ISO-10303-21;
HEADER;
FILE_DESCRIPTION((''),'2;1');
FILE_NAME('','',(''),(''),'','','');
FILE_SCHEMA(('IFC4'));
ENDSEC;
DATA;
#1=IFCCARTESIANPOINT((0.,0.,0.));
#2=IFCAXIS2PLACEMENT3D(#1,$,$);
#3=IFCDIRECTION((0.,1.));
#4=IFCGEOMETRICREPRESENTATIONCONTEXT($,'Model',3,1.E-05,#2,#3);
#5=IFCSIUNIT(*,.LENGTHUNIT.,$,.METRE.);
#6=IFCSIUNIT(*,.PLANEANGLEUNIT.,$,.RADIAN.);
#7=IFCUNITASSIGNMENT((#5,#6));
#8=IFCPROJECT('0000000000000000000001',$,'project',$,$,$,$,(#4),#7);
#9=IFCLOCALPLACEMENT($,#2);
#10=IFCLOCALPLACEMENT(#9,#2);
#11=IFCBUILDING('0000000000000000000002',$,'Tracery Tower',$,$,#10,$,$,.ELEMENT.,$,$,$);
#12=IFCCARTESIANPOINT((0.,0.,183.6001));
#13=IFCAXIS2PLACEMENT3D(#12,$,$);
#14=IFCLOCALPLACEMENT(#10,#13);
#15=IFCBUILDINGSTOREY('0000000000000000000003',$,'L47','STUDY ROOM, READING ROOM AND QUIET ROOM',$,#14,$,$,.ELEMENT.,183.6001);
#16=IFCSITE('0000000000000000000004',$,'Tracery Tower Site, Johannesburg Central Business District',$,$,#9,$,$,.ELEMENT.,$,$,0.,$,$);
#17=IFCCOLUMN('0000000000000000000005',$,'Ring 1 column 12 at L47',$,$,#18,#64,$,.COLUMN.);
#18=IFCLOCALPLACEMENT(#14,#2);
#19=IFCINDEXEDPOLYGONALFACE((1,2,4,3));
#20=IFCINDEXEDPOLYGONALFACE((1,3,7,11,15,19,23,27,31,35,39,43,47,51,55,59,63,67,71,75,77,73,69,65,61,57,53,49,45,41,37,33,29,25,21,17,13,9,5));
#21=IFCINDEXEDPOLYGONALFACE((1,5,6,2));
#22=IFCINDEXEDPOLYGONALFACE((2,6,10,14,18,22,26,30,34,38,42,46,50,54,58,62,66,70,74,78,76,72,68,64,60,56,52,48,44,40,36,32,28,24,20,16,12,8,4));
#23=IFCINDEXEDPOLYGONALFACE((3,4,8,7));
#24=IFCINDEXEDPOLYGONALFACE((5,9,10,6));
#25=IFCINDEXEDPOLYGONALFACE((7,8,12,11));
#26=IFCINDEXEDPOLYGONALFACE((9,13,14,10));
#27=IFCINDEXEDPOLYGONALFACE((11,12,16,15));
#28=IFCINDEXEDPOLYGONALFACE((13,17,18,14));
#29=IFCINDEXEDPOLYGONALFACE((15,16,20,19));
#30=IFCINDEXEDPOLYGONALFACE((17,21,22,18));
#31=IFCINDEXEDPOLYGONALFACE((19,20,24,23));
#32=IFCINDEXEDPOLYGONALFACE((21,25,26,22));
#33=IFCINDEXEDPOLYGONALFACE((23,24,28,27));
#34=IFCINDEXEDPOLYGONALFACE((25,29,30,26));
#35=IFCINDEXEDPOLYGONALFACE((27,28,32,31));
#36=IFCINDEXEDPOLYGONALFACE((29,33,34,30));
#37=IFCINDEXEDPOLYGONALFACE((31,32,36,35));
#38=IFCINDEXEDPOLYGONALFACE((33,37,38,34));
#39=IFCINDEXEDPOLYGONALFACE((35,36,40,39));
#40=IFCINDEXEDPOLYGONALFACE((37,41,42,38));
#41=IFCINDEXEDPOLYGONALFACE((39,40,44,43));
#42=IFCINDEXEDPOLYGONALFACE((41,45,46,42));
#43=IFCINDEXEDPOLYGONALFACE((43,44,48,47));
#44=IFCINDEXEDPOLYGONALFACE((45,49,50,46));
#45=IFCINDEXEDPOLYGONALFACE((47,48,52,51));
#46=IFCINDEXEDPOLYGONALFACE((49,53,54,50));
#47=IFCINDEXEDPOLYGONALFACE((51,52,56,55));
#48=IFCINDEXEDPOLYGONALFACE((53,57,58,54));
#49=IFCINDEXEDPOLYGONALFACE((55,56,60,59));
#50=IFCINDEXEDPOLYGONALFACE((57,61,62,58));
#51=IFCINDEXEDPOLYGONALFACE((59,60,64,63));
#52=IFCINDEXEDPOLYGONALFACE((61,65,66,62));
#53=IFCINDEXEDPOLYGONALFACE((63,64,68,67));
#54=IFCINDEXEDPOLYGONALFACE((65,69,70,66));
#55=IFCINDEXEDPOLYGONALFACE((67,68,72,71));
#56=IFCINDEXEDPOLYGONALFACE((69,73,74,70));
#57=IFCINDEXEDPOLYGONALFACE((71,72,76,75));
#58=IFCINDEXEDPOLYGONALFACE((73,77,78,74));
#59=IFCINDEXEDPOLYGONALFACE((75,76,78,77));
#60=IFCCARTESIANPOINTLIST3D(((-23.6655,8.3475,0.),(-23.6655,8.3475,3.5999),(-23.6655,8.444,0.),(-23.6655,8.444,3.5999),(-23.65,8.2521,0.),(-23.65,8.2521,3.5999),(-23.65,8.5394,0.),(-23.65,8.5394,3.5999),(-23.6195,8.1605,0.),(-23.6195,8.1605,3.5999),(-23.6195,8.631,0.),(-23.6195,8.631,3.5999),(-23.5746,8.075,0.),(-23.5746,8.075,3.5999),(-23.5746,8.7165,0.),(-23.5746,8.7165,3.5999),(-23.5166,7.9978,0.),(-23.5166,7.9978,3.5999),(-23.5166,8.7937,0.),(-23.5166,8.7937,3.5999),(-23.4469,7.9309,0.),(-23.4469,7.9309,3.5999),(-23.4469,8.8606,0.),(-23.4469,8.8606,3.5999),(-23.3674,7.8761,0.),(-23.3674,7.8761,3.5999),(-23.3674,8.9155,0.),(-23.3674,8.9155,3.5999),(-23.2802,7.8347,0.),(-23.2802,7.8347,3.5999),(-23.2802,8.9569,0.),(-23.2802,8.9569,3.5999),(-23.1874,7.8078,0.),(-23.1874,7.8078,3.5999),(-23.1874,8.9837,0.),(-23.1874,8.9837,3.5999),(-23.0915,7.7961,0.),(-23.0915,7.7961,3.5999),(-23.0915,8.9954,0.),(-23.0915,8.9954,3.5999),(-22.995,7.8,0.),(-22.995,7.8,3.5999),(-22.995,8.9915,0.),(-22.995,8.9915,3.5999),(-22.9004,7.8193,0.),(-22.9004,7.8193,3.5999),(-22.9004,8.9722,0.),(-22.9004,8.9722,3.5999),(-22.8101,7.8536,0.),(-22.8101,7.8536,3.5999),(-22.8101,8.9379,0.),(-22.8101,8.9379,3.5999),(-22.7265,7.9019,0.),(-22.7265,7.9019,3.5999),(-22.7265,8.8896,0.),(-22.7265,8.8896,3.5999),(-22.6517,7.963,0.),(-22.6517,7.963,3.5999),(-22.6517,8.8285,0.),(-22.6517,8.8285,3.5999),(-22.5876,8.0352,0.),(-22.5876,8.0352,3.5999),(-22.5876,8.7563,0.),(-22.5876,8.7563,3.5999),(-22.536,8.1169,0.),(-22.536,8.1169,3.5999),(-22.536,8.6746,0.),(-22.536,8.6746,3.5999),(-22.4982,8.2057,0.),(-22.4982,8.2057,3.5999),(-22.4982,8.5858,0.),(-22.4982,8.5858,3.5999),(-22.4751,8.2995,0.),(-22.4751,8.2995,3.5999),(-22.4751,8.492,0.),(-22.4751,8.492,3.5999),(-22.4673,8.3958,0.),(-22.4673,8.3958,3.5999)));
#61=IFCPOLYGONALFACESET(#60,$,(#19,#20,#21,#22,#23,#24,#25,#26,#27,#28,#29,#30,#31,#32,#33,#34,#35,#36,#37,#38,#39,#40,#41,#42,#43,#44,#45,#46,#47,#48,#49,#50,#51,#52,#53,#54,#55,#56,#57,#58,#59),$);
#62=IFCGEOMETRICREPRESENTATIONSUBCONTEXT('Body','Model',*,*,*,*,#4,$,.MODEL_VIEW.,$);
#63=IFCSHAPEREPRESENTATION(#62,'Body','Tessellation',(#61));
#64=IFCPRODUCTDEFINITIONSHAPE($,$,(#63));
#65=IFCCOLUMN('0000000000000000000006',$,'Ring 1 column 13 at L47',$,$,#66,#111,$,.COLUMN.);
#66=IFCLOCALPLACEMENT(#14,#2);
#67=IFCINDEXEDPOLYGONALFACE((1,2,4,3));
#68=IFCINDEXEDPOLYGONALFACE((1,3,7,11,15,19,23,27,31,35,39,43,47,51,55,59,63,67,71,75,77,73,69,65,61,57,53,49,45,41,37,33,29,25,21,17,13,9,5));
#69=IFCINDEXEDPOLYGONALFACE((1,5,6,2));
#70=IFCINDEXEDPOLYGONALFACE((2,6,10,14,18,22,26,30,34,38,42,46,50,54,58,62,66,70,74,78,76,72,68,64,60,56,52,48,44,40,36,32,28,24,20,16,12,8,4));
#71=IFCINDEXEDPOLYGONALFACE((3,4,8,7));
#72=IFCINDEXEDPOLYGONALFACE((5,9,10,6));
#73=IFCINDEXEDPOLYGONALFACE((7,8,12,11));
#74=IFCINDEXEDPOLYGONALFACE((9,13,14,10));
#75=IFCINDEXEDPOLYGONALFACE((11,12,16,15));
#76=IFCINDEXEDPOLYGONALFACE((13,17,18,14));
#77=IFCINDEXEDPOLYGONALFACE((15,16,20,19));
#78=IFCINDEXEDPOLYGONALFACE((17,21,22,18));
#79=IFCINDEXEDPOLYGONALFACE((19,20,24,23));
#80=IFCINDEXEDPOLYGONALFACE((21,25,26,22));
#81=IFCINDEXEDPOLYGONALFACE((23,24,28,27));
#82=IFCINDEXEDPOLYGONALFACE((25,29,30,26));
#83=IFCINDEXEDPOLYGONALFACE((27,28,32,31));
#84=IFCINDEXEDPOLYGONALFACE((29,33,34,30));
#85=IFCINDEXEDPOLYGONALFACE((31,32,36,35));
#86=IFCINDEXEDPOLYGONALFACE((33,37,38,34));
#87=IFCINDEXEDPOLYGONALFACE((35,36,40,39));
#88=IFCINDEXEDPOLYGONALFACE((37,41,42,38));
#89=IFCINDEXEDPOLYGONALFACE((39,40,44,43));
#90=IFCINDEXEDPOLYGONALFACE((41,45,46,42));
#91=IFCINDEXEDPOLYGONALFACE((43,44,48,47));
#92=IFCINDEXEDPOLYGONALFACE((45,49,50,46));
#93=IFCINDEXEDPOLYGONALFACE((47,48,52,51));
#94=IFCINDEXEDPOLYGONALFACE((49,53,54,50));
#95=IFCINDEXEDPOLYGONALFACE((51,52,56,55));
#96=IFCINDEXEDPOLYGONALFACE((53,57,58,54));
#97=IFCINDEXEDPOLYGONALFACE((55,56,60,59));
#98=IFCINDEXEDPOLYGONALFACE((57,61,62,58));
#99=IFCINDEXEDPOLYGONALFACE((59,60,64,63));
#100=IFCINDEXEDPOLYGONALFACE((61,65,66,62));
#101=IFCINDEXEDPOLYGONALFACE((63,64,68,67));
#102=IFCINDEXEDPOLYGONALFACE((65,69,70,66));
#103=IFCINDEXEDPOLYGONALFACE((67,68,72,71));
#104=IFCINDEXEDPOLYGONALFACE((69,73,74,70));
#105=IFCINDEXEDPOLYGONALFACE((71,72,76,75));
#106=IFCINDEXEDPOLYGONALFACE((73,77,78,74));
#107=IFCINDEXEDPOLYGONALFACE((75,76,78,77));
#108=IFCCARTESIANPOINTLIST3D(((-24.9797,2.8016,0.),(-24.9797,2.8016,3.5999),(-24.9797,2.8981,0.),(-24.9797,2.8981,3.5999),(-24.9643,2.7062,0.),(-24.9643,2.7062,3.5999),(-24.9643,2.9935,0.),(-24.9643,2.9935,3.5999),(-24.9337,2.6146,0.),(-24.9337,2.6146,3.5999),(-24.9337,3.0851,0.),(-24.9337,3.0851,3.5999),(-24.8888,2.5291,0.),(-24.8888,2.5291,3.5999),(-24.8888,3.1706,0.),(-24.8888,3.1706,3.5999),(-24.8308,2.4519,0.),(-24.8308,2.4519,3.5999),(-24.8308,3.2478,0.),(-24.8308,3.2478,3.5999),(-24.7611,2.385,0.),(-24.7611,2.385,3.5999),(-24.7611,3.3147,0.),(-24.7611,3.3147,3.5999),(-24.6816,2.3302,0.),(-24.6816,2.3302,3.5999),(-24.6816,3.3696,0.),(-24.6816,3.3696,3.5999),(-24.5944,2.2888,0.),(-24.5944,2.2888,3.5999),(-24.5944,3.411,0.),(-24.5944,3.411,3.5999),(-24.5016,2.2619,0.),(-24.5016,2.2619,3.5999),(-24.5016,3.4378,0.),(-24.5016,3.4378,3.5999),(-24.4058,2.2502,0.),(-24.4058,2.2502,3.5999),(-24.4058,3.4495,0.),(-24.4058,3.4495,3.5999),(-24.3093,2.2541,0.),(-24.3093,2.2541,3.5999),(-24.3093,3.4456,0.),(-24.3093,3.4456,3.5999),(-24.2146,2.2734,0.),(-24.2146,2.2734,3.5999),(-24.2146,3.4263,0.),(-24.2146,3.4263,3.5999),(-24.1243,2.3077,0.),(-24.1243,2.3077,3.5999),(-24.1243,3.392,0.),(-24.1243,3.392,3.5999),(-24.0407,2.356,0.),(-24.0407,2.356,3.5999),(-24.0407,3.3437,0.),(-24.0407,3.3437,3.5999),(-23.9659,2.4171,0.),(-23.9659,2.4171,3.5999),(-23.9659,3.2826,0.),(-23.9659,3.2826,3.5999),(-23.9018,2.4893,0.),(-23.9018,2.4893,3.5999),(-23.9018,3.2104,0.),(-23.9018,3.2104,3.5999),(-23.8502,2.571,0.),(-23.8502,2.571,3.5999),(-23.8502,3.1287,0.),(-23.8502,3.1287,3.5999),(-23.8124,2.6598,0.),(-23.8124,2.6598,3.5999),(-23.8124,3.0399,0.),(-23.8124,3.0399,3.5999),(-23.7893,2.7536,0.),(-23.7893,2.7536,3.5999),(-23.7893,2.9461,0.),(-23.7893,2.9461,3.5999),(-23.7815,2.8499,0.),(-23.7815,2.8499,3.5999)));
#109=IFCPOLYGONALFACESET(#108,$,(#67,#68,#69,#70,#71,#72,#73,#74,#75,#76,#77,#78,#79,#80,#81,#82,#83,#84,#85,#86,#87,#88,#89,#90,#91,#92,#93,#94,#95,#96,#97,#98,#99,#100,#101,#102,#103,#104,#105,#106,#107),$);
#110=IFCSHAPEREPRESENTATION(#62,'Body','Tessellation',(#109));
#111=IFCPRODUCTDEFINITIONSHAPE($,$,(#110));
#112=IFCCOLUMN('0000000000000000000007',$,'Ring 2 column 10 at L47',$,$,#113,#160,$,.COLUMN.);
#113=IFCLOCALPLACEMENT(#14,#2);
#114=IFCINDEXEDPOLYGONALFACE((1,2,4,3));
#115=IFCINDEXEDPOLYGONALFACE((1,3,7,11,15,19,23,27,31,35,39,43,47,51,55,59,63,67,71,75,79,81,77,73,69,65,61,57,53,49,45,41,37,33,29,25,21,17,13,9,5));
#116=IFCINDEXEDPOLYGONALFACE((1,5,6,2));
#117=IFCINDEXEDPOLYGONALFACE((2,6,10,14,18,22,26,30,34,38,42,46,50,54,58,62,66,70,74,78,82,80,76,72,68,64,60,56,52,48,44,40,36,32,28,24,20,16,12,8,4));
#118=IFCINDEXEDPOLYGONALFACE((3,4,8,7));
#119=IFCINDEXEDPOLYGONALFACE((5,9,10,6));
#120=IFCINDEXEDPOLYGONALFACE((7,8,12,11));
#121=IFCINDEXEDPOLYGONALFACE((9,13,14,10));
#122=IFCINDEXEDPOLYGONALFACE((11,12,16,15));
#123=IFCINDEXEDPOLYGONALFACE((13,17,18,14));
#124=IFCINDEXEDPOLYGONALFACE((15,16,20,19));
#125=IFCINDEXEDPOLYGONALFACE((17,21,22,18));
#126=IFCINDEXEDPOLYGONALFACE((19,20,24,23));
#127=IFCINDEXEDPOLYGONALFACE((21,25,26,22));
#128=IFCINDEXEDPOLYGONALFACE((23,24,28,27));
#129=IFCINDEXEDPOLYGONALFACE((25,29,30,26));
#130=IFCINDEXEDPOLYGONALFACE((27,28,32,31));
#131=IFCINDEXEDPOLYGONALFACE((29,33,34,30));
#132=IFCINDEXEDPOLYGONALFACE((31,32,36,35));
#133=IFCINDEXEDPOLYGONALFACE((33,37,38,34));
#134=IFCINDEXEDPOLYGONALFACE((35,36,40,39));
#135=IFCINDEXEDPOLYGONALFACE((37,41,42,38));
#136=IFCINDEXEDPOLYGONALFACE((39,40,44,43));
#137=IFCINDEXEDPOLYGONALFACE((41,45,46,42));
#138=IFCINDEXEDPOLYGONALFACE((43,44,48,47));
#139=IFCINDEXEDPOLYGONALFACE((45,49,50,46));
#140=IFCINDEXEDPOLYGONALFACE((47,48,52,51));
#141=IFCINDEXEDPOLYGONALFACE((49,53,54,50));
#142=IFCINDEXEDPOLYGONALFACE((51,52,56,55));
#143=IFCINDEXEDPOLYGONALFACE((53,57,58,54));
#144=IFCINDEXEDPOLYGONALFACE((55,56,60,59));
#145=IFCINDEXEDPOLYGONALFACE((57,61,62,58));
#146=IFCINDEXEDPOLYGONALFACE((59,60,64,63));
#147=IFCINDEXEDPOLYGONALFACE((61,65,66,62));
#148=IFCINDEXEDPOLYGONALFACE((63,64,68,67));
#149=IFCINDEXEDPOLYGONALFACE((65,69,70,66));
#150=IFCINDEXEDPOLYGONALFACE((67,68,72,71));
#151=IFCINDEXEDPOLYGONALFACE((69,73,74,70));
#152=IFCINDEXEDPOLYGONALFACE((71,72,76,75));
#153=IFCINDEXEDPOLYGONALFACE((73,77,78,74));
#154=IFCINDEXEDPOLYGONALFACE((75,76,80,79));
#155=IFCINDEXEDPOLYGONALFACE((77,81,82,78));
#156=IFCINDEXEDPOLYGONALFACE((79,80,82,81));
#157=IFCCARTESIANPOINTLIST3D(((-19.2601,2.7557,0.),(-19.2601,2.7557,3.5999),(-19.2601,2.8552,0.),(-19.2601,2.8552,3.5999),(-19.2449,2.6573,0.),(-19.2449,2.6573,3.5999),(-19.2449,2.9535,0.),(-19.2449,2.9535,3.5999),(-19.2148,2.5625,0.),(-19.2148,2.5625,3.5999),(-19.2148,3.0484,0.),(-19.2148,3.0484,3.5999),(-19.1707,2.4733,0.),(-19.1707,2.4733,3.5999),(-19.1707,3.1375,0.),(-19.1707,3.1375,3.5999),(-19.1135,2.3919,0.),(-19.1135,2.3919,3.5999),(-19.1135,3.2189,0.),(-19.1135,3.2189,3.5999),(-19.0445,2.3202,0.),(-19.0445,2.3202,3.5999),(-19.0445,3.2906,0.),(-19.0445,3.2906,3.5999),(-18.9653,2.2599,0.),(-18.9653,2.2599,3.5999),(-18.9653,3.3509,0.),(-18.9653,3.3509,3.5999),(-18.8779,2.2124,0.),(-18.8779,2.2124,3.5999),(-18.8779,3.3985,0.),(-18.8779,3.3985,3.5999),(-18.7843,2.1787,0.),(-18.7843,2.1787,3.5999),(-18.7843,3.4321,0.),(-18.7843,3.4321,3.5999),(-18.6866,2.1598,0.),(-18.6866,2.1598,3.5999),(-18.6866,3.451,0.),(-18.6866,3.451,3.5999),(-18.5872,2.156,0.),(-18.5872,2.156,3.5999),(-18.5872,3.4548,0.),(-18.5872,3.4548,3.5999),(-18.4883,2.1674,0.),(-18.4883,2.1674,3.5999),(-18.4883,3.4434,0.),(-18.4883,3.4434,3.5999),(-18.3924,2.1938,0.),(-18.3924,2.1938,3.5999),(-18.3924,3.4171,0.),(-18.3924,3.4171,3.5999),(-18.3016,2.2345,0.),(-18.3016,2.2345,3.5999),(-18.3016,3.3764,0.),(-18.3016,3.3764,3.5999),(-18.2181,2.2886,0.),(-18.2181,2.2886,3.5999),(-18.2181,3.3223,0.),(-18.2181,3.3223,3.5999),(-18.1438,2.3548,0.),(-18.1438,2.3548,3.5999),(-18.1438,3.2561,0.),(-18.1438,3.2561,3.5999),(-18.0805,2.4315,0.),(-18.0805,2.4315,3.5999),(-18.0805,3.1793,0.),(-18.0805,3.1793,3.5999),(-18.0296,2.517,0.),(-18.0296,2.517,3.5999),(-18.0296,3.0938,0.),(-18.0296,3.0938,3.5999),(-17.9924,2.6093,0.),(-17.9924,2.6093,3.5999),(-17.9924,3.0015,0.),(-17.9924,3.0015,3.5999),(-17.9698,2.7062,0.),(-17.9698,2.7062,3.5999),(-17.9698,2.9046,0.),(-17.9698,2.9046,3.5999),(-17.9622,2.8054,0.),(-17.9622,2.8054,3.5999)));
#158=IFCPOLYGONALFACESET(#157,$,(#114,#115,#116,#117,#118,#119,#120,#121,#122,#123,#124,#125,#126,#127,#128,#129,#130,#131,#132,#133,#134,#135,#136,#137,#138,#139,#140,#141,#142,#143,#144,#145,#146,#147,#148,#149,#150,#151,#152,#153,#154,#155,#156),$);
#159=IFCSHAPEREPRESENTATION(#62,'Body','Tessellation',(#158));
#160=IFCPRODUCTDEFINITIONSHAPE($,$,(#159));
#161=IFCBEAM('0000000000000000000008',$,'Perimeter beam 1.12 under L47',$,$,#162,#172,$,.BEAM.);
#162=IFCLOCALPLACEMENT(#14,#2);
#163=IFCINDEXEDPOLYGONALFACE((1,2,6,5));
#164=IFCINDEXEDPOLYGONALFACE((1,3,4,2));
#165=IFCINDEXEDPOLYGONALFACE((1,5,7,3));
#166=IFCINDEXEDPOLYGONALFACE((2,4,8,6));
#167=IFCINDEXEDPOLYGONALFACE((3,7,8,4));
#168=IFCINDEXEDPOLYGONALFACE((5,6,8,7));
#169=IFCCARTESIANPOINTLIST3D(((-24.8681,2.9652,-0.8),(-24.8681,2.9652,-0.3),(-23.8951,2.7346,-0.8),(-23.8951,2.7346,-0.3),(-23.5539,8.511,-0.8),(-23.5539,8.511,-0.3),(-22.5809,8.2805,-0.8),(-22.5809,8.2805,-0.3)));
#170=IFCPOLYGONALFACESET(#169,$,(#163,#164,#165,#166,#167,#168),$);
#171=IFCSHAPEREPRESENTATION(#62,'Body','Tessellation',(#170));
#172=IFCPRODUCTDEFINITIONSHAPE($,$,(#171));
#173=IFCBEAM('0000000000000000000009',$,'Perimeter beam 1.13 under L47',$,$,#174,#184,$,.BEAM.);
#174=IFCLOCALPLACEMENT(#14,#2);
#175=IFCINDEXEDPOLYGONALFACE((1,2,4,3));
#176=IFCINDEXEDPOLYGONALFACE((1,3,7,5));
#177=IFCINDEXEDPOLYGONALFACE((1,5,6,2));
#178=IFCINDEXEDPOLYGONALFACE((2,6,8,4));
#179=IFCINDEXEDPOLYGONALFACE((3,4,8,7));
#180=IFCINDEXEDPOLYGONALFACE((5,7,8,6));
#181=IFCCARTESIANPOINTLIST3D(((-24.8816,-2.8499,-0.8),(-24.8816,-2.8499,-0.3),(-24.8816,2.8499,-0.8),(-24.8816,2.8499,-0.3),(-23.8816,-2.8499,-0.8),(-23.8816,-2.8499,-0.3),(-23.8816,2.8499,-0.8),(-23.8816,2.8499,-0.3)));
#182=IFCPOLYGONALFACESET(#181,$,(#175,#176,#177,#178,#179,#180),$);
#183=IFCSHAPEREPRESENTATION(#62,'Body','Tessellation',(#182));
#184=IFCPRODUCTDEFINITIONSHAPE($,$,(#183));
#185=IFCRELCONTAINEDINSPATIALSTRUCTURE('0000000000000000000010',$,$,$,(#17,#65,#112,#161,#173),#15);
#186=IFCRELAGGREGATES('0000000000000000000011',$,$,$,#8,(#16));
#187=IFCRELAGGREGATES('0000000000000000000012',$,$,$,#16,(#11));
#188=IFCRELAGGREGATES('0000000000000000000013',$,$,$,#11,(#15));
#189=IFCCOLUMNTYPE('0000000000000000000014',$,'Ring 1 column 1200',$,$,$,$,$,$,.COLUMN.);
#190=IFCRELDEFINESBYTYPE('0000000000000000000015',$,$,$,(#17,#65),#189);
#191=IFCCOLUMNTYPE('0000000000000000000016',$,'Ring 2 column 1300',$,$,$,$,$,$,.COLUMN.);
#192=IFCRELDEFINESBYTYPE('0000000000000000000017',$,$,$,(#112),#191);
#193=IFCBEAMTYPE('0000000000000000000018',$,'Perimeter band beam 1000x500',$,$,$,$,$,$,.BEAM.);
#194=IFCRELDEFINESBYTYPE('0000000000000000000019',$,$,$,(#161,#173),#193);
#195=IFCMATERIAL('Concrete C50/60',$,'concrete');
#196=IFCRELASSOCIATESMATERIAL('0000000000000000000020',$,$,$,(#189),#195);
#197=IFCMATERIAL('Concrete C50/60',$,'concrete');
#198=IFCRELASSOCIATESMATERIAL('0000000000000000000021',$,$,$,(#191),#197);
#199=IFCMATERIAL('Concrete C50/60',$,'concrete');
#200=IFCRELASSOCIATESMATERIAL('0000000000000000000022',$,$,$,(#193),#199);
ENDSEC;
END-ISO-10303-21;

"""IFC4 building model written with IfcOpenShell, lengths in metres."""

from ifc_helpers import new_model, si_unit, direction, frame, origin, origin_2d, place, context, subcontext, project, spatial, rectangle, circle, extrude, material, material_profile, profile_set, type_object, element, save


model = new_model("IFC4")

# Units and contexts
model_context = context("Model", 3, precision=1e-05, world=origin(), true_north=direction((0.0, 1.0)))
body_context = subcontext(model_context, "Body", "Model", "MODEL_VIEW")
ifc_project = project(units=[si_unit("LENGTHUNIT", "METRE"), si_unit("PLANEANGLEUNIT", "RADIAN")], contexts=[model_context])

# Site, building, storey
site_placement = place(None, origin())
site = spatial("IfcSite", under=ifc_project, at=site_placement, Name="Tracery Tower Site, Johannesburg Central Business District", CompositionType="ELEMENT", RefElevation=0.0)
building_placement = place(site_placement, origin())
building = spatial("IfcBuilding", under=site, at=building_placement, Name="Tracery Tower", CompositionType="ELEMENT")
storey_placement = place(building_placement, frame((0.0, 0.0, 183.6001)))
storey = spatial("IfcBuildingStorey", under=building, at=storey_placement, Name="L47", Description="STUDY ROOM, READING ROOM AND QUIET ROOM", CompositionType="ELEMENT", Elevation=183.6001)

# Columns
ifc_material_1 = material(Name="Concrete C50/60", Category="concrete")
ifc_material_profile_1 = material_profile(ifc_material_1, circle(Radius=0.6001, at=origin_2d()), Name="RC D1200")
ifc_profile_set_1 = profile_set([ifc_material_profile_1], Name="Concrete C50/60")
column_type_1 = type_object("IfcColumnType", Name="Ring 1 column 1200", PredefinedType="COLUMN", material=ifc_profile_set_1)
for number, where, z_axis, x_axis, name in (
    (1, (-23.0674, 8.3958, 0.0), (0.0, 0.0, 1.0), (1.0, 0.0, 0.0), "Ring 1 column 12 at L47"),
    (2, (-24.3816, 2.8499, 0.0), (0.0, 0.0, 1.0), (1.0, 0.0, 0.0), "Ring 1 column 13 at L47"),
):
    element("IfcColumn", number, at=place(storey_placement, frame(where, z_axis=z_axis, x_axis=x_axis)), inside=storey, type_object=column_type_1, Name=name, PredefinedType="COLUMN", context=body_context, shape_type="SweptSolid", body=[
        extrude(circle(Radius=0.6001, at=origin_2d()), origin(), (0.0, 0.0, 1.0), 3.5999),
    ])
ifc_material_2 = material(Name="Concrete C50/60", Category="concrete")
ifc_material_profile_2 = material_profile(ifc_material_2, circle(Radius=0.6499, at=origin_2d()), Name="RC D1300")
ifc_profile_set_2 = profile_set([ifc_material_profile_2], Name="Concrete C50/60")
column_type_2 = type_object("IfcColumnType", Name="Ring 2 column 1300", PredefinedType="COLUMN", material=ifc_profile_set_2)
column_placement = place(storey_placement, frame((-18.6121, 2.8054, 0.0), z_axis=(0.0, 0.0, 1.0), x_axis=(1.0, 0.0, 0.0)))
element("IfcColumn", 3, at=column_placement, inside=storey, type_object=column_type_2, Name="Ring 2 column 10 at L47", PredefinedType="COLUMN", context=body_context, shape_type="SweptSolid", body=[
    extrude(circle(Radius=0.6499, at=origin_2d()), origin(), (0.0, 0.0, 1.0), 3.5999),
])

# Beams
ifc_material_3 = material(Name="Concrete C50/60", Category="concrete")
ifc_material_profile_3 = material_profile(ifc_material_3, rectangle(XDim=1.0, YDim=0.5, at=origin_2d()), Name="RC 1000x500")
ifc_profile_set_3 = profile_set([ifc_material_profile_3], Name="Concrete C50/60")
beam_type = type_object("IfcBeamType", Name="Perimeter band beam 1000x500", PredefinedType="BEAM", material=ifc_profile_set_3)
beam_1_placement = place(storey_placement, frame((-23.0674, 8.3958, -0.55), z_axis=(-0.230584, -0.973052, 0.0), x_axis=(0.973052, -0.230584, 0.0)))
element("IfcBeam", 4, at=beam_1_placement, inside=storey, type_object=beam_type, Name="Perimeter beam 1.12 under L47", PredefinedType="BEAM", context=body_context, shape_type="SweptSolid", body=[
    extrude(rectangle(XDim=1.0, YDim=0.5, at=origin_2d()), origin(), (0.0, 0.0, 1.0), 5.6995),
])
beam_2_placement = place(storey_placement, frame((-24.3816, 2.8499, -0.55), z_axis=(0.0, -1.0, 0.0), x_axis=(1.0, 0.0, 0.0)))
element("IfcBeam", 5, at=beam_2_placement, inside=storey, type_object=beam_type, Name="Perimeter beam 1.13 under L47", PredefinedType="BEAM", context=body_context, shape_type="SweptSolid", body=[
    extrude(rectangle(XDim=1.0, YDim=0.5, at=origin_2d()), origin(), (0.0, 0.0, 1.0), 5.6997),
])

save(model, "model.ifc")
